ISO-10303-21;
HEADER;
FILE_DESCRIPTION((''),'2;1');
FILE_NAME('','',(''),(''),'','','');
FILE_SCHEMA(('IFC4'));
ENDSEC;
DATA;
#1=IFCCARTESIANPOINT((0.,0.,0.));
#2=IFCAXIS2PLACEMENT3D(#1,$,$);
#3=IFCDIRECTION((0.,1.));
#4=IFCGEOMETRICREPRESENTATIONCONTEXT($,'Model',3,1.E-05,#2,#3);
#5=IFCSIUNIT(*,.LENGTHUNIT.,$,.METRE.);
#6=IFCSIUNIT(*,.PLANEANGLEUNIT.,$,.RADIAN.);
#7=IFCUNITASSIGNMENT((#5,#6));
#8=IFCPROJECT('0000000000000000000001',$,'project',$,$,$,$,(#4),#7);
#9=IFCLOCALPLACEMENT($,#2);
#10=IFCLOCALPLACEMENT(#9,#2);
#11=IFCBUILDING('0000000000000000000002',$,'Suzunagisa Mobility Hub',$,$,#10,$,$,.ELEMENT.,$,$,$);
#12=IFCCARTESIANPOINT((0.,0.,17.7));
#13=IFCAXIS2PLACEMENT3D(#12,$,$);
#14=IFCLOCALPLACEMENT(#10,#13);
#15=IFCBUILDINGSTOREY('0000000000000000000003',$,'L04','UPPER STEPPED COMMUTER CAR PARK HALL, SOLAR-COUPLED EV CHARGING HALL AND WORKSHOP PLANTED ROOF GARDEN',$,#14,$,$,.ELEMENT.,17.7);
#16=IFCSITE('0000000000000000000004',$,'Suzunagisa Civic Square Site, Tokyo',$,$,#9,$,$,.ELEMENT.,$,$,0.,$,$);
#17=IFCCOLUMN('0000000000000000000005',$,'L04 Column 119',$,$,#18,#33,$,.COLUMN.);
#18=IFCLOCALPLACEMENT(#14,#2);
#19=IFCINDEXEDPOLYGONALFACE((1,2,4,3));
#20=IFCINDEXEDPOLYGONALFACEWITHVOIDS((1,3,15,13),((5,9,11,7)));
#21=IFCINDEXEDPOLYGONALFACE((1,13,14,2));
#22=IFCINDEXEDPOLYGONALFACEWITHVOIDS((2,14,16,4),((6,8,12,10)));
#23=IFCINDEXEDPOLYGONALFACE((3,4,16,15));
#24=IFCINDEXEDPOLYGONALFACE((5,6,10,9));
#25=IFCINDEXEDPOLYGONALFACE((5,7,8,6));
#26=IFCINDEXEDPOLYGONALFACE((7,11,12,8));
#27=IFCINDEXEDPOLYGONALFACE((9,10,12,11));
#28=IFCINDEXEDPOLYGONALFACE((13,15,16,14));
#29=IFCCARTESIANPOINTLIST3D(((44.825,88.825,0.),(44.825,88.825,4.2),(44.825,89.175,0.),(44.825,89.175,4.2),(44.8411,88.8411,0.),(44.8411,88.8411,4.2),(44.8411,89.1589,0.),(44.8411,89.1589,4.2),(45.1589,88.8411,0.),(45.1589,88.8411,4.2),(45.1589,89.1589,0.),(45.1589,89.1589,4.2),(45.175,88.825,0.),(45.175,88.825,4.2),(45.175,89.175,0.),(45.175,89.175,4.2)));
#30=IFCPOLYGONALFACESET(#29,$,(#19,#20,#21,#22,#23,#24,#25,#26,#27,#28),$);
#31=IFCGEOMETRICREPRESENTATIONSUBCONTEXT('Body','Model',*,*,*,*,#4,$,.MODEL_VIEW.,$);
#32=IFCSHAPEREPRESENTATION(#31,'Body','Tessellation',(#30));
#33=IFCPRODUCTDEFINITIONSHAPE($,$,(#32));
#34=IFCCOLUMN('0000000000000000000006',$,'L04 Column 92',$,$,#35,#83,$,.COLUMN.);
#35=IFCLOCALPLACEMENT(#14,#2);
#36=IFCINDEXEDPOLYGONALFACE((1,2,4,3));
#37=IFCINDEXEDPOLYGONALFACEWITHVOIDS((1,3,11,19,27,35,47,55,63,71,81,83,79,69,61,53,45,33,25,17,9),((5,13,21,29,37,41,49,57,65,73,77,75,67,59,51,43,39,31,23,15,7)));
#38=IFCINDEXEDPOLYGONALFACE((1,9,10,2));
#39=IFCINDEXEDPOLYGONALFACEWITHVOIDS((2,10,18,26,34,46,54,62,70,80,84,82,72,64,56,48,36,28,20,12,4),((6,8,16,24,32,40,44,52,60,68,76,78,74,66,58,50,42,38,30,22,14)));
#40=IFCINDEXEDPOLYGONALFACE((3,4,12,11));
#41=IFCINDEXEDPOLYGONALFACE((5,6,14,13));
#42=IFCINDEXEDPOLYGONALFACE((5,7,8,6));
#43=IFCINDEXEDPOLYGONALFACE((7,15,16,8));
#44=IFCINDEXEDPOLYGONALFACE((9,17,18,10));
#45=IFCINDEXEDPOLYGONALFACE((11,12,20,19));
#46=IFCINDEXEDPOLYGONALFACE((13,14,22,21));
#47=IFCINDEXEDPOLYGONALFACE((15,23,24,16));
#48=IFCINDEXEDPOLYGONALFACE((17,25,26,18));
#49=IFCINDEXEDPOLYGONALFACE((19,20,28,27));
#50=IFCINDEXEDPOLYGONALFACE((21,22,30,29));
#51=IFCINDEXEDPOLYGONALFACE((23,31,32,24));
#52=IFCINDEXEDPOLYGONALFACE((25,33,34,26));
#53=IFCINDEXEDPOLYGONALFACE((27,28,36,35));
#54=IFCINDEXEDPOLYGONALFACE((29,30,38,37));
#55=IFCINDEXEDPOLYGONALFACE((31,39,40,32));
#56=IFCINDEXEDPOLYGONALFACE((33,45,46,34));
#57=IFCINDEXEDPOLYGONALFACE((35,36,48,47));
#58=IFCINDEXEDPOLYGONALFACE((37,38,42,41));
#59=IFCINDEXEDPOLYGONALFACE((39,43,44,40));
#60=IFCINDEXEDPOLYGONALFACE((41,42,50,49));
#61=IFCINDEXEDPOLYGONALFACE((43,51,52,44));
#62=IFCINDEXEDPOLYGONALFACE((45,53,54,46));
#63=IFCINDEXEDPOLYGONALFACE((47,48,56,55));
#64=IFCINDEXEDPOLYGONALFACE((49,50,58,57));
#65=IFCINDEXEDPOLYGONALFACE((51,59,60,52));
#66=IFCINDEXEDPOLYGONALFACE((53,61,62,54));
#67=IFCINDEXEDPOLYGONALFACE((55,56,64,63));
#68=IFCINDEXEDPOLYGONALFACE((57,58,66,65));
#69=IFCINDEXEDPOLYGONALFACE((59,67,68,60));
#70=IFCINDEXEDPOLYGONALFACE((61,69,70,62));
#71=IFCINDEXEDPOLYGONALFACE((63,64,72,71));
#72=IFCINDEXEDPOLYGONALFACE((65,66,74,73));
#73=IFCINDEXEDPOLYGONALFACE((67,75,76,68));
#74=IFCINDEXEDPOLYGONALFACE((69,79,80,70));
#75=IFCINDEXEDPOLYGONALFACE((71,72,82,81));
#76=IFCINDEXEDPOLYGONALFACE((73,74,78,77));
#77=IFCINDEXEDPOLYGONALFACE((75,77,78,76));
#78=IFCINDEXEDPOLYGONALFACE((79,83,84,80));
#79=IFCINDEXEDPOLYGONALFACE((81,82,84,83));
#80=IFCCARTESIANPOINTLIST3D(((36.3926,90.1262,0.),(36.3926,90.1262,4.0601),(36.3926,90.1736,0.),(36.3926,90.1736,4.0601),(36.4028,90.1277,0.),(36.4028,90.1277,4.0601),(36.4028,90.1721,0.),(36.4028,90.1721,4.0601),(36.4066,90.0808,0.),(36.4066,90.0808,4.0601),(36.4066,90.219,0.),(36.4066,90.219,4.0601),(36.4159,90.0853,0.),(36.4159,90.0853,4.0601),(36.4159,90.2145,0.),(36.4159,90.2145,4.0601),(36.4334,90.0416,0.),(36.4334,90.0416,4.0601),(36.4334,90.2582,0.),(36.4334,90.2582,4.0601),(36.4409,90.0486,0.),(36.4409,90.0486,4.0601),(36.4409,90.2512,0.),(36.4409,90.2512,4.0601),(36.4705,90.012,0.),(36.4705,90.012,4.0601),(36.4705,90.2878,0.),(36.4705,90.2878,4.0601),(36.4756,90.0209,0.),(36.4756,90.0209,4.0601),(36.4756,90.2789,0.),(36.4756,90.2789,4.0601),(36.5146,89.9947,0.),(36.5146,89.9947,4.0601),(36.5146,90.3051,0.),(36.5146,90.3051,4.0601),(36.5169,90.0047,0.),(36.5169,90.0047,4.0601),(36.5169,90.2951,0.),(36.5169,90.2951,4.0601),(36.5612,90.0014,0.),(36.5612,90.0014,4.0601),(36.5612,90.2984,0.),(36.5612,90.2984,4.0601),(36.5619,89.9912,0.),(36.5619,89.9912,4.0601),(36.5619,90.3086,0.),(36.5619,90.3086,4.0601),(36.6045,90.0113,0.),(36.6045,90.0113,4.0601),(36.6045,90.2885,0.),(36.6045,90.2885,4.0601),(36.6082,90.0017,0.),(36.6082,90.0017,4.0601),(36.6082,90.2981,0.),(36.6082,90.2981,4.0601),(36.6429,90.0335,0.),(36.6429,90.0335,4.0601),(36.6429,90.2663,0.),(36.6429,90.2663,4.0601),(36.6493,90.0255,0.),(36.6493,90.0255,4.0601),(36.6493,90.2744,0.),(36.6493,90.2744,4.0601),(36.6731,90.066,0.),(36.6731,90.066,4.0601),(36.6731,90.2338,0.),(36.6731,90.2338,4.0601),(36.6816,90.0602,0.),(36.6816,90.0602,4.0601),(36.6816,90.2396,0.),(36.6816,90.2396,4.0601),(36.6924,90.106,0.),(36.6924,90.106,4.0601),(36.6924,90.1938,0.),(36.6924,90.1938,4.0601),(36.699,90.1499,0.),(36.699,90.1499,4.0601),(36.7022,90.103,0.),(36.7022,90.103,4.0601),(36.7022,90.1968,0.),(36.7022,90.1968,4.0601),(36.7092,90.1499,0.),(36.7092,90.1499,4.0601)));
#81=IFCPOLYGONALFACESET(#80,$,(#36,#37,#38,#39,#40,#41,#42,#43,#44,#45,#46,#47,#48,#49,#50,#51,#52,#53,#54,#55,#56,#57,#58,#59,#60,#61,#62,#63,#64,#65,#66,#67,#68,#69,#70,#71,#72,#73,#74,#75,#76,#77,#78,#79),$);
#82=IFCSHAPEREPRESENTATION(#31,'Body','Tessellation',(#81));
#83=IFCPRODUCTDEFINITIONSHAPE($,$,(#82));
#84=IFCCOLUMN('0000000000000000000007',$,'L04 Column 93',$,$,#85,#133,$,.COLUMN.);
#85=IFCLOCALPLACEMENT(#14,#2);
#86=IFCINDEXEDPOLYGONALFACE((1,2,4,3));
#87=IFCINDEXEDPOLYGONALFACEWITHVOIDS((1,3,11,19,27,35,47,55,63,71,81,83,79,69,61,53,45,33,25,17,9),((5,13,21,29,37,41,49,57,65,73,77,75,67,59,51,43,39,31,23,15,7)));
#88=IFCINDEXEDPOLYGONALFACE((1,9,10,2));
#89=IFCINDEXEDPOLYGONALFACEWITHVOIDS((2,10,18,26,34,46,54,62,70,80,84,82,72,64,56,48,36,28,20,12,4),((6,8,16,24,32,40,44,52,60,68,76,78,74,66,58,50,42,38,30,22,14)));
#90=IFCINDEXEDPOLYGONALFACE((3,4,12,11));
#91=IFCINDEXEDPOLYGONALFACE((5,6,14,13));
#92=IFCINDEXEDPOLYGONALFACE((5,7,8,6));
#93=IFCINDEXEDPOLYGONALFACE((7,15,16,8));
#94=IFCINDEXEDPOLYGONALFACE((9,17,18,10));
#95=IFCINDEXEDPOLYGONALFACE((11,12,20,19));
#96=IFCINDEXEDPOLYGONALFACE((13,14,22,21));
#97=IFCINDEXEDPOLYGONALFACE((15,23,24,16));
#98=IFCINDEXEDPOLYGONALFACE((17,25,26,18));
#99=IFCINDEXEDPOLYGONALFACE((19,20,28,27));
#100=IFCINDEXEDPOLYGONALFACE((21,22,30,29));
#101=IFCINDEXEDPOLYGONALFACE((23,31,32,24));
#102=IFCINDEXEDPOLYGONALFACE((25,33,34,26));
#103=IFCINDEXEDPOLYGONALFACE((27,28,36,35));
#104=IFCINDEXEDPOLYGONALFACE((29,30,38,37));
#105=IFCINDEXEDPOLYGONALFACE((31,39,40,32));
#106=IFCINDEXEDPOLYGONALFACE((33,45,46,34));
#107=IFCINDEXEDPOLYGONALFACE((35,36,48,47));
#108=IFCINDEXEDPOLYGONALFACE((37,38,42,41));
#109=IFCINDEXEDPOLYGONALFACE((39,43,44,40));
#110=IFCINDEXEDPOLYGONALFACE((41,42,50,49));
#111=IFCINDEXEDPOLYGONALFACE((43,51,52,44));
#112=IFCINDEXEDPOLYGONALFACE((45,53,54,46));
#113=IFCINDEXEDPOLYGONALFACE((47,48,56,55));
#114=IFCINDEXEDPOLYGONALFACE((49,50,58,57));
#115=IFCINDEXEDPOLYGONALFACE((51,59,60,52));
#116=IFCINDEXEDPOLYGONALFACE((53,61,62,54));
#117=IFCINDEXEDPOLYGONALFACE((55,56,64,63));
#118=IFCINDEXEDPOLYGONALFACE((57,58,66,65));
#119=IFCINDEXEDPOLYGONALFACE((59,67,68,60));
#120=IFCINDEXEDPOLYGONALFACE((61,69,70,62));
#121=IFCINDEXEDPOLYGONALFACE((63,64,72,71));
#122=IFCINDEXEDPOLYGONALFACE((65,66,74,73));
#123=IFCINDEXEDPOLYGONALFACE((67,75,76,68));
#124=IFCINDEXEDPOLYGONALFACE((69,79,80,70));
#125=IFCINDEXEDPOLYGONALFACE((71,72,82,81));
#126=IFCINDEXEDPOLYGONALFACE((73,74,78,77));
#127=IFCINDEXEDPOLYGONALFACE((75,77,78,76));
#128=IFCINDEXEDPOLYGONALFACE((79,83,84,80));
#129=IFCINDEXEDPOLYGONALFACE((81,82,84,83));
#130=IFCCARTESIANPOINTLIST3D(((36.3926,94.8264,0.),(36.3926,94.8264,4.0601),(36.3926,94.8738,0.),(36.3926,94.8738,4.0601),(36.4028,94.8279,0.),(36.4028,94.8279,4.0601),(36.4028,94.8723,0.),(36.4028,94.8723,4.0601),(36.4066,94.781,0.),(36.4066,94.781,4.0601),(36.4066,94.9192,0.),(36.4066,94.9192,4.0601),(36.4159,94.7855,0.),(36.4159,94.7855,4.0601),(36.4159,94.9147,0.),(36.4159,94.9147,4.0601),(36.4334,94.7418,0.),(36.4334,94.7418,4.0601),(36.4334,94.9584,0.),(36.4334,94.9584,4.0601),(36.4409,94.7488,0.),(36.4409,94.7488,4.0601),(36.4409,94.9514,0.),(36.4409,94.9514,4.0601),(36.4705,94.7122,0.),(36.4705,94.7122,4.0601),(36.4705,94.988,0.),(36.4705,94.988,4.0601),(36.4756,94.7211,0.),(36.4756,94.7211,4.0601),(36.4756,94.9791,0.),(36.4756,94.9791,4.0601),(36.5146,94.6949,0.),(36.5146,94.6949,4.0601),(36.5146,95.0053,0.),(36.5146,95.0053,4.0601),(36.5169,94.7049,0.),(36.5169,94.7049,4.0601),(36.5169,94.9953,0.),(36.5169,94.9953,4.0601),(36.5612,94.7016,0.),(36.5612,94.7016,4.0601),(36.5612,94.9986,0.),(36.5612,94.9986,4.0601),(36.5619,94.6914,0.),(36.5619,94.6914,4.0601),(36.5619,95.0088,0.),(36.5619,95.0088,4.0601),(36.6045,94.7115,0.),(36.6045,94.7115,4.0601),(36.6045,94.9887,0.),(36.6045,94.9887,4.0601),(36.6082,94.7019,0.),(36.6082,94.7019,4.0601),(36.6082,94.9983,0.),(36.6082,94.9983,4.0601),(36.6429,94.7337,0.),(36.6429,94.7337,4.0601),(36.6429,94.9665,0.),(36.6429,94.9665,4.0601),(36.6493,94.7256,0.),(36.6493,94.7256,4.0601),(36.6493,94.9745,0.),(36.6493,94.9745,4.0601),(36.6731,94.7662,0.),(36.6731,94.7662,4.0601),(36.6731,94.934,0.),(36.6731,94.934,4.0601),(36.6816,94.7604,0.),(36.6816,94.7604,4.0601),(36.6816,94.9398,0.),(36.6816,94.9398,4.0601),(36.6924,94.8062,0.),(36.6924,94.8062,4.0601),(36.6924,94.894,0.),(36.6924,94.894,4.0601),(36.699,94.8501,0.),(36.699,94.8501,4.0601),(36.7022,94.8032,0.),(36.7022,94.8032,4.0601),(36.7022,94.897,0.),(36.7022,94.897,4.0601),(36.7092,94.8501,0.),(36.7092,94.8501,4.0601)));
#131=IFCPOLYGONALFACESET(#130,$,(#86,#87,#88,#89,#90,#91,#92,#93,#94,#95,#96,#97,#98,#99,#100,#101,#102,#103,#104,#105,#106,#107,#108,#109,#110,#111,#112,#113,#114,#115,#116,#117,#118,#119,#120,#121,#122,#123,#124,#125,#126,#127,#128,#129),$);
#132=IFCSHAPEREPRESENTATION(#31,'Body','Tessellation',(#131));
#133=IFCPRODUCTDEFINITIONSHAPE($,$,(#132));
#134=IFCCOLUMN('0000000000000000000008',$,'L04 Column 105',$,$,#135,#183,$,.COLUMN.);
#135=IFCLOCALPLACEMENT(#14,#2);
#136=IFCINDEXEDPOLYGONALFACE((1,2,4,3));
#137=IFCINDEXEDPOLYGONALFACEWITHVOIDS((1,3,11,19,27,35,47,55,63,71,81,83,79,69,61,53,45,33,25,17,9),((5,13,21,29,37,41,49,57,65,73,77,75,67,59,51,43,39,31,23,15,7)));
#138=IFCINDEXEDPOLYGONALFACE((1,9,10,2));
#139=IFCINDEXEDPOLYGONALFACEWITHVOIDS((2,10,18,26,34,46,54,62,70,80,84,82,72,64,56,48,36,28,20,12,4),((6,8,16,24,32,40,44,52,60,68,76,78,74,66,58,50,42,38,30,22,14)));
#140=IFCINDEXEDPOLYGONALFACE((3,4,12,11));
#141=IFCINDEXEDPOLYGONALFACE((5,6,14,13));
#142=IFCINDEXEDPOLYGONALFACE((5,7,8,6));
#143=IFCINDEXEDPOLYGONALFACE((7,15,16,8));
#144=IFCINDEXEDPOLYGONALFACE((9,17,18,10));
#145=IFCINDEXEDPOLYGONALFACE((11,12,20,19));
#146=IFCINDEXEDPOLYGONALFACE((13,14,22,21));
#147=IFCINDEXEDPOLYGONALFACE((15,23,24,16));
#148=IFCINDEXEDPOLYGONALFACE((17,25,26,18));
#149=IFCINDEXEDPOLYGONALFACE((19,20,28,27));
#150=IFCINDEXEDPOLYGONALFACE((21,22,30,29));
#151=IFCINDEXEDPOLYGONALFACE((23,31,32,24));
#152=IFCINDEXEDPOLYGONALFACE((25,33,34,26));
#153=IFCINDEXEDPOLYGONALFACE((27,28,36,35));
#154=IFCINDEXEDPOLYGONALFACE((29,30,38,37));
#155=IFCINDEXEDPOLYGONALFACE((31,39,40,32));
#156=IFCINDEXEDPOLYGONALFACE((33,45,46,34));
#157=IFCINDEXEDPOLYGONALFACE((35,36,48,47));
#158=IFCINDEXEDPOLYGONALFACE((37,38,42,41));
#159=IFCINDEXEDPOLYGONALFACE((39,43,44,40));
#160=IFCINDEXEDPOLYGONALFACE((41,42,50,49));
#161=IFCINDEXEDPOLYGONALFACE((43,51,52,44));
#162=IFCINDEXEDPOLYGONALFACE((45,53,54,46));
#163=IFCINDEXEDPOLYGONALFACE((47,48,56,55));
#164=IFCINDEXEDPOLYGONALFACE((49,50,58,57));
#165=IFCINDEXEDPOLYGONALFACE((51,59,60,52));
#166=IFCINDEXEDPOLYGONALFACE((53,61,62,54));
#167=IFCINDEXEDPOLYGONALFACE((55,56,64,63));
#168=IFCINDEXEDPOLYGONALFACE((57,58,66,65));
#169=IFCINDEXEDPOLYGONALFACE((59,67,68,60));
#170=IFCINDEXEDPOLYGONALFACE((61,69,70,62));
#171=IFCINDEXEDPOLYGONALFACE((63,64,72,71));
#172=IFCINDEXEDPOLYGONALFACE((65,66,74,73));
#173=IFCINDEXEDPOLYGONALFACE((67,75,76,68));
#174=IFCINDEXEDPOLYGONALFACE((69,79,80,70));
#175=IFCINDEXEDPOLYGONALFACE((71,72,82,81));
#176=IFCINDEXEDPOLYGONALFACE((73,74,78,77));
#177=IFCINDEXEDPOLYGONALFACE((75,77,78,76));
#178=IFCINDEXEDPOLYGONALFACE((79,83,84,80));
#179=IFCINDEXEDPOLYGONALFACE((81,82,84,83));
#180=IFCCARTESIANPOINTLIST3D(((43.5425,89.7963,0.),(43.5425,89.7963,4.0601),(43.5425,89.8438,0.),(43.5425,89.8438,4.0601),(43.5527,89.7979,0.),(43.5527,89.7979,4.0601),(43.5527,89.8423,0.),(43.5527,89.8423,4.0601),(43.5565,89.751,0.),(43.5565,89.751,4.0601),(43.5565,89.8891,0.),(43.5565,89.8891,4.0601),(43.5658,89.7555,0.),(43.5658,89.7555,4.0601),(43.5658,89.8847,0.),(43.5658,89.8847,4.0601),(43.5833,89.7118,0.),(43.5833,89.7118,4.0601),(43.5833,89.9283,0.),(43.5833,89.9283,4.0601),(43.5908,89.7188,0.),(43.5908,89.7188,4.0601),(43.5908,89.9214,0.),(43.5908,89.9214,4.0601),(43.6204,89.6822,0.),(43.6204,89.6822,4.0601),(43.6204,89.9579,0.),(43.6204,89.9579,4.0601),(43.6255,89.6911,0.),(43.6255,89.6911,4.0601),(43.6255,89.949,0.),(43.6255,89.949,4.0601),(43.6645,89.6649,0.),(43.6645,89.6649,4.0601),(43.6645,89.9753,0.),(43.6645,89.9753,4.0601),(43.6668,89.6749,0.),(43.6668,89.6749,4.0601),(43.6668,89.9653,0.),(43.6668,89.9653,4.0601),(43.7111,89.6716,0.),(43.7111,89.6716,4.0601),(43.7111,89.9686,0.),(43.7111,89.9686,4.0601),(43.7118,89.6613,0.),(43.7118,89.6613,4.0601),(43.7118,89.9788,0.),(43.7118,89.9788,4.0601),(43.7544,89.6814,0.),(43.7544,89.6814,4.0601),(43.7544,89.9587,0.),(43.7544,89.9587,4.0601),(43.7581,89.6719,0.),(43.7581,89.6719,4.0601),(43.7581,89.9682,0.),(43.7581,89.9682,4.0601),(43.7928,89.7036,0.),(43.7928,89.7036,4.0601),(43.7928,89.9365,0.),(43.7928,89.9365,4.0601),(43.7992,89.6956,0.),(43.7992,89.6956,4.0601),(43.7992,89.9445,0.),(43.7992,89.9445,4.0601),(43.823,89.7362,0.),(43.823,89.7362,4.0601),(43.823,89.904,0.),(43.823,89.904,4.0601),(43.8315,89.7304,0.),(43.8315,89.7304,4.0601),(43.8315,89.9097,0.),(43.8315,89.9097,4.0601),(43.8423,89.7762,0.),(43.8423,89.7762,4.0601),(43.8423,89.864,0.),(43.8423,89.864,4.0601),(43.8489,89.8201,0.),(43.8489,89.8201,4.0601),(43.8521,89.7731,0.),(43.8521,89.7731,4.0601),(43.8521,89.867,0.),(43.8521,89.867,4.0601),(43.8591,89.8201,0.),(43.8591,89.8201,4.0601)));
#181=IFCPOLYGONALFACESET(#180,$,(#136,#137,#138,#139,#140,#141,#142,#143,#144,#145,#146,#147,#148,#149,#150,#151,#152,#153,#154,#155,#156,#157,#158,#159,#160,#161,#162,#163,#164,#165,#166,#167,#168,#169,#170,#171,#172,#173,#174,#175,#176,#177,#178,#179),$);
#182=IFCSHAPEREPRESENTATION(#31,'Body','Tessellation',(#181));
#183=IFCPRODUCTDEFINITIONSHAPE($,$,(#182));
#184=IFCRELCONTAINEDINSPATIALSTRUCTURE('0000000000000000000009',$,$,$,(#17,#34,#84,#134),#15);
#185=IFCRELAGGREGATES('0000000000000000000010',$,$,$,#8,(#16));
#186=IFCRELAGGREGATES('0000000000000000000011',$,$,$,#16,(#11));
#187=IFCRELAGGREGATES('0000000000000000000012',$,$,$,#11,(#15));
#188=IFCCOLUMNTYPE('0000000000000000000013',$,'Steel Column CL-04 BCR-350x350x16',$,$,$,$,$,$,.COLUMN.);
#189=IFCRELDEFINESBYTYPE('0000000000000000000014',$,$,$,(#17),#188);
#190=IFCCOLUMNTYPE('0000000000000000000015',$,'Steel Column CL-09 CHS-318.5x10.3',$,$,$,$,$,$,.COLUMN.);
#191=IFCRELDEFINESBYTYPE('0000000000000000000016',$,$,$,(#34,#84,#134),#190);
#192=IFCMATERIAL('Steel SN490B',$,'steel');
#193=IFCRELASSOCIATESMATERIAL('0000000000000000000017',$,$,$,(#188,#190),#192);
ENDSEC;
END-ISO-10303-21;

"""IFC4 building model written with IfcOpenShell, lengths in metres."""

from ifc_helpers import new_model, si_unit, direction, frame, origin, origin_2d, place, context, subcontext, project, spatial, hollow_rectangle, hollow_circle, extrude, material, material_profile, profile_set, type_object, element, save


model = new_model("IFC4")

# Units and contexts
model_context = context("Model", 3, precision=1e-05, world=origin(), true_north=direction((0.0, 1.0)))
body_context = subcontext(model_context, "Body", "Model", "MODEL_VIEW")
ifc_project = project(units=[si_unit("LENGTHUNIT", "METRE"), si_unit("PLANEANGLEUNIT", "RADIAN")], contexts=[model_context])

# Site, building, storey
site_placement = place(None, origin())
site = spatial("IfcSite", under=ifc_project, at=site_placement, Name="Suzunagisa Civic Square Site, Tokyo", CompositionType="ELEMENT", RefElevation=0.0)
building_placement = place(site_placement, origin())
building = spatial("IfcBuilding", under=site, at=building_placement, Name="Suzunagisa Mobility Hub", CompositionType="ELEMENT")
storey_placement = place(building_placement, frame((0.0, 0.0, 17.7)))
storey = spatial("IfcBuildingStorey", under=building, at=storey_placement, Name="L04", Description="UPPER STEPPED COMMUTER CAR PARK HALL, SOLAR-COUPLED EV CHARGING HALL AND WORKSHOP PLANTED ROOF GARDEN", CompositionType="ELEMENT", Elevation=17.7)

# Columns
ifc_material_1 = material(Name="Steel SN490B", Category="steel")
ifc_material_profile_1 = material_profile(ifc_material_1, hollow_rectangle(XDim=0.3501, YDim=0.3501, WallThickness=0.0161, at=origin_2d()), Name="BCR-350x350x16")
ifc_profile_set_1 = profile_set([ifc_material_profile_1], Name="Steel SN490B")
column_type_1 = type_object("IfcColumnType", Name="Steel Column CL-04 BCR-350x350x16", PredefinedType="COLUMN", material=ifc_profile_set_1)
column_1_placement = place(storey_placement, frame((45.0, 89.0, 0.0), z_axis=(0.0, 0.0, 1.0), x_axis=(1.0, 0.0, 0.0)))
element("IfcColumn", 1, at=column_1_placement, inside=storey, type_object=column_type_1, Name="L04 Column 119", PredefinedType="COLUMN", context=body_context, shape_type="SweptSolid", body=[
    extrude(hollow_rectangle(XDim=0.3501, YDim=0.3501, WallThickness=0.0161, at=origin_2d()), origin(), (0.0, 0.0, 1.0), 4.2),
])
ifc_material_profile_2 = material_profile(ifc_material_1, hollow_circle(Radius=0.1592, WallThickness=0.0103, at=origin_2d()), Name="CHS-318.5x10.3")
ifc_profile_set_2 = profile_set([ifc_material_profile_2], Name="Steel SN490B")
column_type_2 = type_object("IfcColumnType", Name="Steel Column CL-09 CHS-318.5x10.3", PredefinedType="COLUMN", material=ifc_profile_set_2)
for number, where, z_axis, x_axis, name in (
    (2, (36.55, 90.1499, 0.0), (0.0, 0.0, 1.0), (1.0, 0.0, 0.0), "L04 Column 92"),
    (3, (36.55, 94.8501, 0.0), (0.0, 0.0, 1.0), (1.0, 0.0, 0.0), "L04 Column 93"),
    (4, (43.7, 89.8201, 0.0), (0.0, 0.0, 1.0), (1.0, 0.0, 0.0), "L04 Column 105"),
):
    element("IfcColumn", number, at=place(storey_placement, frame(where, z_axis=z_axis, x_axis=x_axis)), inside=storey, type_object=column_type_2, Name=name, PredefinedType="COLUMN", context=body_context, shape_type="SweptSolid", body=[
        extrude(hollow_circle(Radius=0.1592, WallThickness=0.0103, at=origin_2d()), origin(), (0.0, 0.0, 1.0), 4.0601),
    ])

save(model, "model.ifc")
